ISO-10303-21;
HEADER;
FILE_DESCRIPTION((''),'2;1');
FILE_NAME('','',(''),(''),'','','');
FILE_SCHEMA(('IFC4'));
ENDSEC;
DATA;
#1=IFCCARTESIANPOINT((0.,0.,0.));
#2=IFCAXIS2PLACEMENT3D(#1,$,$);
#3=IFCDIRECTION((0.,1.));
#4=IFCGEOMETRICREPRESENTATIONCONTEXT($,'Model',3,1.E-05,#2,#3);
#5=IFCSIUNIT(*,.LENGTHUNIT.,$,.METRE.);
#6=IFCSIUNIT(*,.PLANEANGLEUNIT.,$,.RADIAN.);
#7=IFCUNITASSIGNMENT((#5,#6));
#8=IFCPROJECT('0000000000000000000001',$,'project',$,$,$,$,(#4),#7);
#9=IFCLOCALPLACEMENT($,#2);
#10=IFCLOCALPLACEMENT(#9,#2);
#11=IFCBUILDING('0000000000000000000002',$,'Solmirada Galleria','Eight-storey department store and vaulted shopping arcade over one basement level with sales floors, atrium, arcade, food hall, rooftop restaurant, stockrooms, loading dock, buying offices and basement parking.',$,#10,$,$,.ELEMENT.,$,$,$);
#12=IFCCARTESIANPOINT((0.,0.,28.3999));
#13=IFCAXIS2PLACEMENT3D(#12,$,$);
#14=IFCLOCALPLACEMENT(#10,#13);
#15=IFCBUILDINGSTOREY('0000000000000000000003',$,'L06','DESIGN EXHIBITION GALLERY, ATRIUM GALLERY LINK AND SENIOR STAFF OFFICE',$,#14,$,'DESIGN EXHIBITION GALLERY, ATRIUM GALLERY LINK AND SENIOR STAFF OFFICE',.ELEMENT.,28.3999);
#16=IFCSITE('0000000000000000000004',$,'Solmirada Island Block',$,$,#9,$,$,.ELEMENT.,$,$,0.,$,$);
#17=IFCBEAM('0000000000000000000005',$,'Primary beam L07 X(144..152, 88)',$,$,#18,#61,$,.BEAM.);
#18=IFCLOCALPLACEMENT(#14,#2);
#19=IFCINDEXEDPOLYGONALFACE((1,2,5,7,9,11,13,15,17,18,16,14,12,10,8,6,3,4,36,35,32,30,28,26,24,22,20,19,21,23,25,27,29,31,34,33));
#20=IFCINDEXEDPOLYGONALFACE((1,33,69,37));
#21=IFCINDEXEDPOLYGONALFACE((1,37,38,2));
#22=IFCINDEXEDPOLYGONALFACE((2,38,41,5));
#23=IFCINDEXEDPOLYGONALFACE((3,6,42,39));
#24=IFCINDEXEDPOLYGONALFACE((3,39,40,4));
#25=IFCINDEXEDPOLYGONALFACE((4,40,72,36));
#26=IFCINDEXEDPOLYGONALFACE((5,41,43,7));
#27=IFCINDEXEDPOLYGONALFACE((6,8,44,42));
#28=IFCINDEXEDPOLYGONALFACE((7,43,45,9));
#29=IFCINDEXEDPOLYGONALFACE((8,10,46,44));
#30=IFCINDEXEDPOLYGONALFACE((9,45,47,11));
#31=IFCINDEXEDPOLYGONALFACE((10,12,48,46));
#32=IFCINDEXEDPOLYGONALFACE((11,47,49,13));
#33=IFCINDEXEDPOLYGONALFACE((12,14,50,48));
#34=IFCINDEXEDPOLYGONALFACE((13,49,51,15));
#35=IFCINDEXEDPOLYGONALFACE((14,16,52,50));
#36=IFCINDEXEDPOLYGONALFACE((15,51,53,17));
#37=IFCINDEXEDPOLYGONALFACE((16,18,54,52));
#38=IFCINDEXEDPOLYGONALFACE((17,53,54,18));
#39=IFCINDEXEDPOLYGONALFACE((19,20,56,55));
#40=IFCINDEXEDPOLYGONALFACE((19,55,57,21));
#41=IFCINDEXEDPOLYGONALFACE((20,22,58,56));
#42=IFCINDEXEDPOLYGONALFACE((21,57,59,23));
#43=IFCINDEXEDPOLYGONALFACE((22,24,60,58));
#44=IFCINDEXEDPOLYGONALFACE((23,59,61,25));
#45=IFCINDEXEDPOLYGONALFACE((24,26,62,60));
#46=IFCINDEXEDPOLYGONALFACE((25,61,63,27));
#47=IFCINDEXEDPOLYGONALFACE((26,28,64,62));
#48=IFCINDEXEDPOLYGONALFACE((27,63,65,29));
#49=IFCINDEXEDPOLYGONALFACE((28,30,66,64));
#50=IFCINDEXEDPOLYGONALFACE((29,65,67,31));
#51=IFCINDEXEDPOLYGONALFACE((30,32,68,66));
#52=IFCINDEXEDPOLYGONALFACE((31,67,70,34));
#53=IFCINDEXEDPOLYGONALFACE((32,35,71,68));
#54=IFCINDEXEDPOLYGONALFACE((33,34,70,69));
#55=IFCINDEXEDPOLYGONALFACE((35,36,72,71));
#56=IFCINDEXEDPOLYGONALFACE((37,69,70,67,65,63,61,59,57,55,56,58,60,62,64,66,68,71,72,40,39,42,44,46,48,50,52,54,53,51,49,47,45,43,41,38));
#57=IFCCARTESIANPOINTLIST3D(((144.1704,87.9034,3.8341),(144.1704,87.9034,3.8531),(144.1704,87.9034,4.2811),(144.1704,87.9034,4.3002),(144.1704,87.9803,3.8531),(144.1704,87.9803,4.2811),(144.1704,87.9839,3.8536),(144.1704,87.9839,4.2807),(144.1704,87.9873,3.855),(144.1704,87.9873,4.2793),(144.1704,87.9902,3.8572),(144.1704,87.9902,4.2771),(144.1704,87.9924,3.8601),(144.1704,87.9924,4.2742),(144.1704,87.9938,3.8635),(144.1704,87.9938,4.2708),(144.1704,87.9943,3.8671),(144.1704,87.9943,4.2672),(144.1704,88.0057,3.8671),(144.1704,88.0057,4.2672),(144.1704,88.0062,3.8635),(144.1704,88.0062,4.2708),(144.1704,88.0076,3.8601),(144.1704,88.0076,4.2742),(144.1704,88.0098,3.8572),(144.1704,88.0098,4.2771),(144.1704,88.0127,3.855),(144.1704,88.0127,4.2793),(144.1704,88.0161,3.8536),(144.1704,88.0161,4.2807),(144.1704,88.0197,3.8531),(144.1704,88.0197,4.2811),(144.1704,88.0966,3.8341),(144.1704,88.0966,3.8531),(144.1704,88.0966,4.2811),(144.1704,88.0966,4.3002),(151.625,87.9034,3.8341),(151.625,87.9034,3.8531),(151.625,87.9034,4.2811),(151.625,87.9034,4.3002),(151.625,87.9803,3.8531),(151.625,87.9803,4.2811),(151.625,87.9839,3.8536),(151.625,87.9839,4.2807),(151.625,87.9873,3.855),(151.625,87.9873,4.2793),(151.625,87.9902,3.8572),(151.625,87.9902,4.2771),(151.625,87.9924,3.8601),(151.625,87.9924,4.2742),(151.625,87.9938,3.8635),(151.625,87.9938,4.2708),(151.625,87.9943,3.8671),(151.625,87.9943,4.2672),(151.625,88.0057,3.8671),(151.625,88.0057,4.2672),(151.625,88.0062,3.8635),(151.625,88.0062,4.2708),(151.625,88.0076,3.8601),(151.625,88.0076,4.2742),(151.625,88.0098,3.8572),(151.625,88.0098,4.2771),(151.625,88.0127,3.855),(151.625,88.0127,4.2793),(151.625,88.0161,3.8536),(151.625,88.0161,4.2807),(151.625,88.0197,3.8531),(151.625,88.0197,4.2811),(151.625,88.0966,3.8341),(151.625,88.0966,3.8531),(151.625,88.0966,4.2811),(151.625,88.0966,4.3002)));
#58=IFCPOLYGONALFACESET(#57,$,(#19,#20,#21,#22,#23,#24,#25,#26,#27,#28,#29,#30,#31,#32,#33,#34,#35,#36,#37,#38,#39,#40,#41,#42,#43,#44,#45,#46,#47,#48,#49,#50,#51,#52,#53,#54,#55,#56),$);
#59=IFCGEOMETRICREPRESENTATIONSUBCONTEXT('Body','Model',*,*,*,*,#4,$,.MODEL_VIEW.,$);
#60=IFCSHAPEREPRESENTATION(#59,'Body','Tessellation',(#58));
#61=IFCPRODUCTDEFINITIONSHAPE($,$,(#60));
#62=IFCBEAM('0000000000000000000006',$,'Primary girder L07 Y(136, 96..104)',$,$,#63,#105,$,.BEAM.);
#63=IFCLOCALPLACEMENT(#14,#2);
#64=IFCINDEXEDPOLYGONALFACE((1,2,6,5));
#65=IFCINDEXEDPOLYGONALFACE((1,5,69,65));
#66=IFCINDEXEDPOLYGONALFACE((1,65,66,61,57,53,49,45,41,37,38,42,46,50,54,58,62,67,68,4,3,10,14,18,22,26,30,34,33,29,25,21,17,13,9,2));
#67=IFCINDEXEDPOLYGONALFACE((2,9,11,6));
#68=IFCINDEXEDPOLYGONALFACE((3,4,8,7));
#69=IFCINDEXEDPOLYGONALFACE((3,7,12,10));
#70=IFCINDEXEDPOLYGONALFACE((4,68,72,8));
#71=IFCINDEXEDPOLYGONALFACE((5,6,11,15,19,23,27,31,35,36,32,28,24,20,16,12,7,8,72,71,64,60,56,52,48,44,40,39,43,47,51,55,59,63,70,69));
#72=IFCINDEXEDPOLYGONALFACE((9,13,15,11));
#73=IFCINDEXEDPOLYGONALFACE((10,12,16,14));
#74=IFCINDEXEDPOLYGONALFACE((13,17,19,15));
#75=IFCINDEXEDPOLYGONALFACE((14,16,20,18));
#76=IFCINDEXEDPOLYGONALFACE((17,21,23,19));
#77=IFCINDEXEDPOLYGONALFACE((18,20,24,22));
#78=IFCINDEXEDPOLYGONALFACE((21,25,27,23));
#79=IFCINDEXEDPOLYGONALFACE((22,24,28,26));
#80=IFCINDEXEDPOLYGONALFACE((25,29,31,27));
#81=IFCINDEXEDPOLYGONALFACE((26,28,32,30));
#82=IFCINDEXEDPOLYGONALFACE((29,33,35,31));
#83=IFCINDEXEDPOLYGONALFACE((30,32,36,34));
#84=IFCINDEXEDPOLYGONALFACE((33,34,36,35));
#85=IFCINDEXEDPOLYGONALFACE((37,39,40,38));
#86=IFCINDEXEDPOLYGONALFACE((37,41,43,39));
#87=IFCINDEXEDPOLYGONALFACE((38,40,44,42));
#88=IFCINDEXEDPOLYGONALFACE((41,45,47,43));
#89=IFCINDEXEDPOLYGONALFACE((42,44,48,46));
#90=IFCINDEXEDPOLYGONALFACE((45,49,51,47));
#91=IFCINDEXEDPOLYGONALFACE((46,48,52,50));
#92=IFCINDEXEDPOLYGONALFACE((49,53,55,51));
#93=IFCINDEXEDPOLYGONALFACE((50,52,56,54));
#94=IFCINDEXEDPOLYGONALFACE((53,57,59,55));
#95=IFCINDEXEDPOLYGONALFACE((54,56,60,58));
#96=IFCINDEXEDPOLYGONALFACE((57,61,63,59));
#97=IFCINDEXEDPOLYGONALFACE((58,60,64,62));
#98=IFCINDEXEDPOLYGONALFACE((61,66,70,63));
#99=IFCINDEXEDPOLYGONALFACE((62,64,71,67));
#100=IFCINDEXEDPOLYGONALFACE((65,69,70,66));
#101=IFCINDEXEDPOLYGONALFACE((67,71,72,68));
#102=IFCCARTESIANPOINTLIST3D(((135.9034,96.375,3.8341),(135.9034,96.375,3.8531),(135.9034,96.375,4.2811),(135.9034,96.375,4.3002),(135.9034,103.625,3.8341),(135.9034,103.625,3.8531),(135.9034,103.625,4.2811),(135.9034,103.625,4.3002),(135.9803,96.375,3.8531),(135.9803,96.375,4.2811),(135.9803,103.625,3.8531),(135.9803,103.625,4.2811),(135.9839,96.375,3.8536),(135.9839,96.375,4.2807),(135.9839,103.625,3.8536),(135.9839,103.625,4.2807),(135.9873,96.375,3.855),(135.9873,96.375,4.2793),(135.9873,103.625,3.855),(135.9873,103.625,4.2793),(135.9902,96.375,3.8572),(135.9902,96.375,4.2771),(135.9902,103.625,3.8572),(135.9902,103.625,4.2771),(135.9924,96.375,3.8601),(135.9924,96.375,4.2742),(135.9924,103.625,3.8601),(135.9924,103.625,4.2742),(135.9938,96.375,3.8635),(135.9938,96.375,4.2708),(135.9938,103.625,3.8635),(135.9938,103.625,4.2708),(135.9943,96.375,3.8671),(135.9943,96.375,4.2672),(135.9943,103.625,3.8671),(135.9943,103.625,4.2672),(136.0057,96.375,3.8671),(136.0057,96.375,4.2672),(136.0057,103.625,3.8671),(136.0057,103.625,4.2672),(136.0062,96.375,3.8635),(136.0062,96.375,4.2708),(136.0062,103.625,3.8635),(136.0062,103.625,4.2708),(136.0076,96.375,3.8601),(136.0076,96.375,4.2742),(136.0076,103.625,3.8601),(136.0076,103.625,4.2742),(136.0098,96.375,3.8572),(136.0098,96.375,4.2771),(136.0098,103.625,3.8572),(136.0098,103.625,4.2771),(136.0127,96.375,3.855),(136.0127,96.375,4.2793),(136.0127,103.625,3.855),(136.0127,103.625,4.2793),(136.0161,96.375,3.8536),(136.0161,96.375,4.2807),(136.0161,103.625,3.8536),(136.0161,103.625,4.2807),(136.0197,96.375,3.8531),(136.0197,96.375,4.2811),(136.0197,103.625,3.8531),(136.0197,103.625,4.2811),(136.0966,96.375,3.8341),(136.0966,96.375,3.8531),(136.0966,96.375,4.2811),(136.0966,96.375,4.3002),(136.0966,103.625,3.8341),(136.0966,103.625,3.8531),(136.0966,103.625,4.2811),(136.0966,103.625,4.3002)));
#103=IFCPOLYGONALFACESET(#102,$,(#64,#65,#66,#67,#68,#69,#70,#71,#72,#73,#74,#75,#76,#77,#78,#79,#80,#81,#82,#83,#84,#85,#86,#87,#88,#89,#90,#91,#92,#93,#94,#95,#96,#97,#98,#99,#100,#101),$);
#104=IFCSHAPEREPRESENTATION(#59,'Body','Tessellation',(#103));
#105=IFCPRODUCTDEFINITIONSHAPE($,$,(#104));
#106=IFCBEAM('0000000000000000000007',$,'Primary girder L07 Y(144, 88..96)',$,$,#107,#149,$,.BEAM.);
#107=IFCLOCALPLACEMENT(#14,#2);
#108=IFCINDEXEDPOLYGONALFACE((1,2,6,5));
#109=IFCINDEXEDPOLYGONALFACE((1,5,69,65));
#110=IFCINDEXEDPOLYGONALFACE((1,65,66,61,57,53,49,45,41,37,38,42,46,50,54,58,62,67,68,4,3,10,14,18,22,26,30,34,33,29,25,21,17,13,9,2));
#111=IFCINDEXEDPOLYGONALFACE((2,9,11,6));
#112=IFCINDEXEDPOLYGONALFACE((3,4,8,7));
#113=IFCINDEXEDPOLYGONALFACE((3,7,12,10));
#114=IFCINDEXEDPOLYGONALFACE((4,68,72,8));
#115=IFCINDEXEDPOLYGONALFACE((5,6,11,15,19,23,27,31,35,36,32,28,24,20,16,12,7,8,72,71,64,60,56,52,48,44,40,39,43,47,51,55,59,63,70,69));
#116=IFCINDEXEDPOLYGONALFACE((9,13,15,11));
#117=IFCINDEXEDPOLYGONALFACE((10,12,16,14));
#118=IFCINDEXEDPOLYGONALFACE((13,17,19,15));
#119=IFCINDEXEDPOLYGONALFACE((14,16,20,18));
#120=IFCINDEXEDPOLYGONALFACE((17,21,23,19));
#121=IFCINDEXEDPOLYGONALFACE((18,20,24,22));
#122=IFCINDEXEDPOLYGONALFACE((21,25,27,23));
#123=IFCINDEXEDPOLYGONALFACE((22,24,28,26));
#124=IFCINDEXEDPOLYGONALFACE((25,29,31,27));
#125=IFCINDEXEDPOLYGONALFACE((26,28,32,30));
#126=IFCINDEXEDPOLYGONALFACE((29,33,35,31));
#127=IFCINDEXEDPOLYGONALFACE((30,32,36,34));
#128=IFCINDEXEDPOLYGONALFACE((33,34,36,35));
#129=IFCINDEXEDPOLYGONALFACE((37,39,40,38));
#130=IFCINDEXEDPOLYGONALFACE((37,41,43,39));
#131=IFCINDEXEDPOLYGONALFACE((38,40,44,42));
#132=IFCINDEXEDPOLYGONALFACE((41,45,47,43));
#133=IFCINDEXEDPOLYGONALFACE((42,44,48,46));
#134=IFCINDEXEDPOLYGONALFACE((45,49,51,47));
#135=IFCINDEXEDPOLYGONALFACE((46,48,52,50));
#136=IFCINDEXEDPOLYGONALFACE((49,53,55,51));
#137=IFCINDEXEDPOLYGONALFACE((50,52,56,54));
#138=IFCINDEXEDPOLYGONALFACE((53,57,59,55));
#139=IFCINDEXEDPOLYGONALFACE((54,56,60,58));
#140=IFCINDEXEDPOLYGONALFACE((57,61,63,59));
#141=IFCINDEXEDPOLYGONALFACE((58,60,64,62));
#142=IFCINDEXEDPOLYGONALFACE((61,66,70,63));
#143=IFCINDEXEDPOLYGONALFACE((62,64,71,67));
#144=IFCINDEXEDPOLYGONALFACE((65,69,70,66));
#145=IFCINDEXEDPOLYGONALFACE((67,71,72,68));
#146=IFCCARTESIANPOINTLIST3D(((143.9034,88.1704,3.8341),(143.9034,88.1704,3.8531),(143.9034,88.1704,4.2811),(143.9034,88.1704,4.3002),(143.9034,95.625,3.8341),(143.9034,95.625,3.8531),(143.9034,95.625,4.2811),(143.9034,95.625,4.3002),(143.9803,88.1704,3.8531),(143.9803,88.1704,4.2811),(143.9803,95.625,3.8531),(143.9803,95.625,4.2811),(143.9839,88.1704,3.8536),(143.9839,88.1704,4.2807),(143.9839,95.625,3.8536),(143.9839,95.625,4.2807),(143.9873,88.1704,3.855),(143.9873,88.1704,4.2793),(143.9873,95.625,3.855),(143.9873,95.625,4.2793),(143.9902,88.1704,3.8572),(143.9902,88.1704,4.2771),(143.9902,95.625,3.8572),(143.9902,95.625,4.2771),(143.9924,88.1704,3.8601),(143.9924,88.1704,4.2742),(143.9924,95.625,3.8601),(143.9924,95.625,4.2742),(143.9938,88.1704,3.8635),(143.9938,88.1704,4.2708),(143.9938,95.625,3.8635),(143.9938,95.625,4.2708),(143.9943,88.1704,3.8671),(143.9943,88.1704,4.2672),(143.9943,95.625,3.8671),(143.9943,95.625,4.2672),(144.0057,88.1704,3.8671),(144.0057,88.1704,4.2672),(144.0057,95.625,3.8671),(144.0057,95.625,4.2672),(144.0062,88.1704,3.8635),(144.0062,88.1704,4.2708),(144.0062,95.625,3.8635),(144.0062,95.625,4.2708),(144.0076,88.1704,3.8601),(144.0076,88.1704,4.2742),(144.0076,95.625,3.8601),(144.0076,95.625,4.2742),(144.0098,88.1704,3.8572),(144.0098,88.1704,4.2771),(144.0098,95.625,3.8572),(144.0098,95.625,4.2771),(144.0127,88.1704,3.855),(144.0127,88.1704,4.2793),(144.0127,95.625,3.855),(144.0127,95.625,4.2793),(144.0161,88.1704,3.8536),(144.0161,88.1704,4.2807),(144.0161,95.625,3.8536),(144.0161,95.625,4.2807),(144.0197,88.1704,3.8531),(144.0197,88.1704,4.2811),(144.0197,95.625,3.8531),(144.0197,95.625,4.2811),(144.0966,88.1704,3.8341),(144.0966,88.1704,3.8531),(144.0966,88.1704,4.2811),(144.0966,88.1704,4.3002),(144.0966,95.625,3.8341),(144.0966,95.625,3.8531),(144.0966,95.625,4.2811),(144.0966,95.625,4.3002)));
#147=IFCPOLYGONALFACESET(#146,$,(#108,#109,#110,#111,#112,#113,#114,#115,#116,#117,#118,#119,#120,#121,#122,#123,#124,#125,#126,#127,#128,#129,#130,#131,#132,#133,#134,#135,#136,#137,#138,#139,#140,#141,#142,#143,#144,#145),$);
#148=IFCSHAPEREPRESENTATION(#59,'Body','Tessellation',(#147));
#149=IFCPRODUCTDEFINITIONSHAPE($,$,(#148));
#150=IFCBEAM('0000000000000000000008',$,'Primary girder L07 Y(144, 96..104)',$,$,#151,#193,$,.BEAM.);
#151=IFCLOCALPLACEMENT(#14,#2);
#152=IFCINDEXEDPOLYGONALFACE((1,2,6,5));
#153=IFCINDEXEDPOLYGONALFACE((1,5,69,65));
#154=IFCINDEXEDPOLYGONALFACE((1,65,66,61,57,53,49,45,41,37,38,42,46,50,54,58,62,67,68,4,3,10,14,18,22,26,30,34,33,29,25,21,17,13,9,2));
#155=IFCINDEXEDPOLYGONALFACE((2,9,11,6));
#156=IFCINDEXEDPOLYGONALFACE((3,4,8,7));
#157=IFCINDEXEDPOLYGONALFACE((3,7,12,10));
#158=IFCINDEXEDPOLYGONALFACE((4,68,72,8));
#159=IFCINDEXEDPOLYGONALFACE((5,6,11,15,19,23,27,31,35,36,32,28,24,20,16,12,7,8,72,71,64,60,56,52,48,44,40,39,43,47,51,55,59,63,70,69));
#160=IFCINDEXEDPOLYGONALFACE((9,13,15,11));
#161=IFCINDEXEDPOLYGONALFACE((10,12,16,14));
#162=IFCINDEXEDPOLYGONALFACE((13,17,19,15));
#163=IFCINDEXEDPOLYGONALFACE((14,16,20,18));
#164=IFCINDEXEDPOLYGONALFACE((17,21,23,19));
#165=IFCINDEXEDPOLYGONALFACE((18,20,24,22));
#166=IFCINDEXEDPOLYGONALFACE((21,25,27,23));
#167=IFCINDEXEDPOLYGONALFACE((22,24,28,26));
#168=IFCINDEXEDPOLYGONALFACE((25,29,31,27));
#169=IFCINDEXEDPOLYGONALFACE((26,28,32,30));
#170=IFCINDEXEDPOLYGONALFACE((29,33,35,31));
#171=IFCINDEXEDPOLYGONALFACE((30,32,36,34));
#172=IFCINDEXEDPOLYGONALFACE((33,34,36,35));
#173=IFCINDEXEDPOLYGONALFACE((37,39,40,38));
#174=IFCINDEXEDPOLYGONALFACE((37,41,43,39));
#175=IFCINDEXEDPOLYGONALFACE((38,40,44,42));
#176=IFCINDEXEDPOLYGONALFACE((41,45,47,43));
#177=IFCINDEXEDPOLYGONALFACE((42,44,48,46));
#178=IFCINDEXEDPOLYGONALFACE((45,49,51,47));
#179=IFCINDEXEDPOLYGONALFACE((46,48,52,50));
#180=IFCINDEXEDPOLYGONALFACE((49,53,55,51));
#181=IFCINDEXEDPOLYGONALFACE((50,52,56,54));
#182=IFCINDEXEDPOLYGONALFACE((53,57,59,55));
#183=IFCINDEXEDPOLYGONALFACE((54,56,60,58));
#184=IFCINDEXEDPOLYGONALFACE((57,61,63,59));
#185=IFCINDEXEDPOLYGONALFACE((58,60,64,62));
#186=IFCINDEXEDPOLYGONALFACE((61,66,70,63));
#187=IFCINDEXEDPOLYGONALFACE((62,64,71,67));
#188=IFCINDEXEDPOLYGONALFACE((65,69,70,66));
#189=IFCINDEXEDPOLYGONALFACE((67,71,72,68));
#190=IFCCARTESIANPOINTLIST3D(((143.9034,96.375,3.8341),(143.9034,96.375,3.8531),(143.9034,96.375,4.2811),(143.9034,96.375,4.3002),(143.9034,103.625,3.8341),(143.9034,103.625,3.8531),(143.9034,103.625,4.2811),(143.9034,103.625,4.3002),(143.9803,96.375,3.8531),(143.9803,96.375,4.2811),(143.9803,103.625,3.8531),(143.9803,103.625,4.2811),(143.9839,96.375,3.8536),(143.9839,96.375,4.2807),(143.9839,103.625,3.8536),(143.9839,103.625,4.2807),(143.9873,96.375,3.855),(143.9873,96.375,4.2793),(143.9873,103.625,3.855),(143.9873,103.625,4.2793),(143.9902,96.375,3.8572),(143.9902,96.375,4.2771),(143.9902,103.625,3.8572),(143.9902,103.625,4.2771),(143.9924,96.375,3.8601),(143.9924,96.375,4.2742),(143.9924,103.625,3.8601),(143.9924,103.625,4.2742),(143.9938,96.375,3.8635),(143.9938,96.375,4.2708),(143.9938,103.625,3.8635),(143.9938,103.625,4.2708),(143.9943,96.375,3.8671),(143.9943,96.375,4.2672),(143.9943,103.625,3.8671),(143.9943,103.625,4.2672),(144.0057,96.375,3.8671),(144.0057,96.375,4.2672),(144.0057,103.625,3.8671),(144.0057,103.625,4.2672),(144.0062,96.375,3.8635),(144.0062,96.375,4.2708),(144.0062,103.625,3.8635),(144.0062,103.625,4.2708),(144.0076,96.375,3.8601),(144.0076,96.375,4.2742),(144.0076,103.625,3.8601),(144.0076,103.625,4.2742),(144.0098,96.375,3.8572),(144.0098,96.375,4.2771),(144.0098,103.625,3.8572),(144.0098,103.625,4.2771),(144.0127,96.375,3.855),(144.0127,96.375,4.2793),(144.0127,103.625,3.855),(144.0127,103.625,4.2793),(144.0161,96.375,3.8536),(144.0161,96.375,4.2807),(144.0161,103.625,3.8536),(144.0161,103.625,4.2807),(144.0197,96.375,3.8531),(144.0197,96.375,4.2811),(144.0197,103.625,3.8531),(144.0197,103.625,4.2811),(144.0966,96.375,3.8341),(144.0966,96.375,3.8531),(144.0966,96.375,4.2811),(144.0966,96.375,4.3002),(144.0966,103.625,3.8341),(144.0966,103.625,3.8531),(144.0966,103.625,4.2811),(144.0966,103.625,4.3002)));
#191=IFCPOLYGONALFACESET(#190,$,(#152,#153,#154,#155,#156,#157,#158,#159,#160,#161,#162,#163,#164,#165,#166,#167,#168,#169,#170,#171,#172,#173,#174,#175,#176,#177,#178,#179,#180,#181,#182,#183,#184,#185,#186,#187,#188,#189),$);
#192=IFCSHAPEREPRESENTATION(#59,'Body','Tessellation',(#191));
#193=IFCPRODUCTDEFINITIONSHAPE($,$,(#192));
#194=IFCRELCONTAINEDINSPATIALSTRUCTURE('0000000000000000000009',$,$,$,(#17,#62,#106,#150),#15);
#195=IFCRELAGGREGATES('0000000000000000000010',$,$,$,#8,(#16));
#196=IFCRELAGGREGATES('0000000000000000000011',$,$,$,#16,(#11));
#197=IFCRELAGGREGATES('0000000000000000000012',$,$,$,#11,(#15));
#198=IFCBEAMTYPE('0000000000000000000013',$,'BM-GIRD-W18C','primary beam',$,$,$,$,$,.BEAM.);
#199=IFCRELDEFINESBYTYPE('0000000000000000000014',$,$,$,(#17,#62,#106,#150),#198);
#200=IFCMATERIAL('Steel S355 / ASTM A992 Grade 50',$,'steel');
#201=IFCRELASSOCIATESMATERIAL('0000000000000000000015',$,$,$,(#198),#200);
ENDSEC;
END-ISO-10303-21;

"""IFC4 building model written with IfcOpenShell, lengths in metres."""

from ifc_helpers import new_model, si_unit, direction, frame, origin, origin_2d, place, context, subcontext, project, spatial, i_section, extrude, material, material_profile, profile_set, type_object, element, save


model = new_model("IFC4")

# Units and contexts
model_context = context("Model", 3, precision=1e-05, world=origin(), true_north=direction((0.0, 1.0)))
body_context = subcontext(model_context, "Body", "Model", "MODEL_VIEW")
ifc_project = project(units=[si_unit("LENGTHUNIT", "METRE"), si_unit("PLANEANGLEUNIT", "RADIAN")], contexts=[model_context])

# Site, building, storey
site_placement = place(None, origin())
site = spatial("IfcSite", under=ifc_project, at=site_placement, Name="Solmirada Island Block", CompositionType="ELEMENT", RefElevation=0.0)
building_placement = place(site_placement, origin())
building = spatial("IfcBuilding", under=site, at=building_placement, Name="Solmirada Galleria", Description="Eight-storey department store and vaulted shopping arcade over one basement level with sales floors, atrium, arcade, food hall, rooftop restaurant, stockrooms, loading dock, buying offices and basement parking.", CompositionType="ELEMENT")
storey_placement = place(building_placement, frame((0.0, 0.0, 28.3999)))
storey = spatial("IfcBuildingStorey", under=building, at=storey_placement, Name="L06", Description="DESIGN EXHIBITION GALLERY, ATRIUM GALLERY LINK AND SENIOR STAFF OFFICE", LongName="DESIGN EXHIBITION GALLERY, ATRIUM GALLERY LINK AND SENIOR STAFF OFFICE", CompositionType="ELEMENT", Elevation=28.3999)

# Beams
ifc_material_1 = material(Name="Steel S355 / ASTM A992 Grade 50", Category="steel")
ifc_material_profile_1 = material_profile(ifc_material_1, i_section(OverallWidth=0.1931, OverallDepth=0.4661, WebThickness=0.0115, FlangeThickness=0.019, FilletRadius=0.0139, at=origin_2d()), Name="W18X65")
ifc_profile_set_1 = profile_set([ifc_material_profile_1], Name="Steel S355 / ASTM A992 Grade 50")
beam_type_1 = type_object("IfcBeamType", Name="BM-GIRD-W18C", Description="primary beam", PredefinedType="BEAM", material=ifc_profile_set_1)
beam_1_placement = place(storey_placement, frame((144.1704, 88.0, 4.0671), z_axis=(1.0, 0.0, 0.0), x_axis=(0.0, 1.0, 0.0)))
element("IfcBeam", 1, at=beam_1_placement, inside=storey, type_object=beam_type_1, Name="Primary beam L07 X(144..152, 88)", PredefinedType="BEAM", context=body_context, shape_type="SweptSolid", body=[
    extrude(i_section(OverallWidth=0.1931, OverallDepth=0.4661, WebThickness=0.0115, FlangeThickness=0.019, FilletRadius=0.0139, at=origin_2d()), origin(), (0.0, 0.0, 1.0), 7.4546),
])
beam_2_placement = place(storey_placement, frame((136.0, 96.375, 4.0671), z_axis=(0.0, 1.0, 0.0), x_axis=(-1.0, 0.0, 0.0)))
element("IfcBeam", 2, at=beam_2_placement, inside=storey, type_object=beam_type_1, Name="Primary girder L07 Y(136, 96..104)", PredefinedType="BEAM", context=body_context, shape_type="SweptSolid", body=[
    extrude(i_section(OverallWidth=0.1931, OverallDepth=0.4661, WebThickness=0.0115, FlangeThickness=0.019, FilletRadius=0.0139, at=origin_2d()), origin(), (0.0, 0.0, 1.0), 7.25),
])
beam_3_placement = place(storey_placement, frame((144.0, 88.1704, 4.0671), z_axis=(0.0, 1.0, 0.0), x_axis=(-1.0, 0.0, 0.0)))
element("IfcBeam", 3, at=beam_3_placement, inside=storey, type_object=beam_type_1, Name="Primary girder L07 Y(144, 88..96)", PredefinedType="BEAM", context=body_context, shape_type="SweptSolid", body=[
    extrude(i_section(OverallWidth=0.1931, OverallDepth=0.4661, WebThickness=0.0115, FlangeThickness=0.019, FilletRadius=0.0139, at=origin_2d()), origin(), (0.0, 0.0, 1.0), 7.4546),
])
beam_4_placement = place(storey_placement, frame((144.0, 96.375, 4.0671), z_axis=(0.0, 1.0, 0.0), x_axis=(-1.0, 0.0, 0.0)))
element("IfcBeam", 4, at=beam_4_placement, inside=storey, type_object=beam_type_1, Name="Primary girder L07 Y(144, 96..104)", PredefinedType="BEAM", context=body_context, shape_type="SweptSolid", body=[
    extrude(i_section(OverallWidth=0.1931, OverallDepth=0.4661, WebThickness=0.0115, FlangeThickness=0.019, FilletRadius=0.0139, at=origin_2d()), origin(), (0.0, 0.0, 1.0), 7.25),
])

save(model, "model.ifc")
